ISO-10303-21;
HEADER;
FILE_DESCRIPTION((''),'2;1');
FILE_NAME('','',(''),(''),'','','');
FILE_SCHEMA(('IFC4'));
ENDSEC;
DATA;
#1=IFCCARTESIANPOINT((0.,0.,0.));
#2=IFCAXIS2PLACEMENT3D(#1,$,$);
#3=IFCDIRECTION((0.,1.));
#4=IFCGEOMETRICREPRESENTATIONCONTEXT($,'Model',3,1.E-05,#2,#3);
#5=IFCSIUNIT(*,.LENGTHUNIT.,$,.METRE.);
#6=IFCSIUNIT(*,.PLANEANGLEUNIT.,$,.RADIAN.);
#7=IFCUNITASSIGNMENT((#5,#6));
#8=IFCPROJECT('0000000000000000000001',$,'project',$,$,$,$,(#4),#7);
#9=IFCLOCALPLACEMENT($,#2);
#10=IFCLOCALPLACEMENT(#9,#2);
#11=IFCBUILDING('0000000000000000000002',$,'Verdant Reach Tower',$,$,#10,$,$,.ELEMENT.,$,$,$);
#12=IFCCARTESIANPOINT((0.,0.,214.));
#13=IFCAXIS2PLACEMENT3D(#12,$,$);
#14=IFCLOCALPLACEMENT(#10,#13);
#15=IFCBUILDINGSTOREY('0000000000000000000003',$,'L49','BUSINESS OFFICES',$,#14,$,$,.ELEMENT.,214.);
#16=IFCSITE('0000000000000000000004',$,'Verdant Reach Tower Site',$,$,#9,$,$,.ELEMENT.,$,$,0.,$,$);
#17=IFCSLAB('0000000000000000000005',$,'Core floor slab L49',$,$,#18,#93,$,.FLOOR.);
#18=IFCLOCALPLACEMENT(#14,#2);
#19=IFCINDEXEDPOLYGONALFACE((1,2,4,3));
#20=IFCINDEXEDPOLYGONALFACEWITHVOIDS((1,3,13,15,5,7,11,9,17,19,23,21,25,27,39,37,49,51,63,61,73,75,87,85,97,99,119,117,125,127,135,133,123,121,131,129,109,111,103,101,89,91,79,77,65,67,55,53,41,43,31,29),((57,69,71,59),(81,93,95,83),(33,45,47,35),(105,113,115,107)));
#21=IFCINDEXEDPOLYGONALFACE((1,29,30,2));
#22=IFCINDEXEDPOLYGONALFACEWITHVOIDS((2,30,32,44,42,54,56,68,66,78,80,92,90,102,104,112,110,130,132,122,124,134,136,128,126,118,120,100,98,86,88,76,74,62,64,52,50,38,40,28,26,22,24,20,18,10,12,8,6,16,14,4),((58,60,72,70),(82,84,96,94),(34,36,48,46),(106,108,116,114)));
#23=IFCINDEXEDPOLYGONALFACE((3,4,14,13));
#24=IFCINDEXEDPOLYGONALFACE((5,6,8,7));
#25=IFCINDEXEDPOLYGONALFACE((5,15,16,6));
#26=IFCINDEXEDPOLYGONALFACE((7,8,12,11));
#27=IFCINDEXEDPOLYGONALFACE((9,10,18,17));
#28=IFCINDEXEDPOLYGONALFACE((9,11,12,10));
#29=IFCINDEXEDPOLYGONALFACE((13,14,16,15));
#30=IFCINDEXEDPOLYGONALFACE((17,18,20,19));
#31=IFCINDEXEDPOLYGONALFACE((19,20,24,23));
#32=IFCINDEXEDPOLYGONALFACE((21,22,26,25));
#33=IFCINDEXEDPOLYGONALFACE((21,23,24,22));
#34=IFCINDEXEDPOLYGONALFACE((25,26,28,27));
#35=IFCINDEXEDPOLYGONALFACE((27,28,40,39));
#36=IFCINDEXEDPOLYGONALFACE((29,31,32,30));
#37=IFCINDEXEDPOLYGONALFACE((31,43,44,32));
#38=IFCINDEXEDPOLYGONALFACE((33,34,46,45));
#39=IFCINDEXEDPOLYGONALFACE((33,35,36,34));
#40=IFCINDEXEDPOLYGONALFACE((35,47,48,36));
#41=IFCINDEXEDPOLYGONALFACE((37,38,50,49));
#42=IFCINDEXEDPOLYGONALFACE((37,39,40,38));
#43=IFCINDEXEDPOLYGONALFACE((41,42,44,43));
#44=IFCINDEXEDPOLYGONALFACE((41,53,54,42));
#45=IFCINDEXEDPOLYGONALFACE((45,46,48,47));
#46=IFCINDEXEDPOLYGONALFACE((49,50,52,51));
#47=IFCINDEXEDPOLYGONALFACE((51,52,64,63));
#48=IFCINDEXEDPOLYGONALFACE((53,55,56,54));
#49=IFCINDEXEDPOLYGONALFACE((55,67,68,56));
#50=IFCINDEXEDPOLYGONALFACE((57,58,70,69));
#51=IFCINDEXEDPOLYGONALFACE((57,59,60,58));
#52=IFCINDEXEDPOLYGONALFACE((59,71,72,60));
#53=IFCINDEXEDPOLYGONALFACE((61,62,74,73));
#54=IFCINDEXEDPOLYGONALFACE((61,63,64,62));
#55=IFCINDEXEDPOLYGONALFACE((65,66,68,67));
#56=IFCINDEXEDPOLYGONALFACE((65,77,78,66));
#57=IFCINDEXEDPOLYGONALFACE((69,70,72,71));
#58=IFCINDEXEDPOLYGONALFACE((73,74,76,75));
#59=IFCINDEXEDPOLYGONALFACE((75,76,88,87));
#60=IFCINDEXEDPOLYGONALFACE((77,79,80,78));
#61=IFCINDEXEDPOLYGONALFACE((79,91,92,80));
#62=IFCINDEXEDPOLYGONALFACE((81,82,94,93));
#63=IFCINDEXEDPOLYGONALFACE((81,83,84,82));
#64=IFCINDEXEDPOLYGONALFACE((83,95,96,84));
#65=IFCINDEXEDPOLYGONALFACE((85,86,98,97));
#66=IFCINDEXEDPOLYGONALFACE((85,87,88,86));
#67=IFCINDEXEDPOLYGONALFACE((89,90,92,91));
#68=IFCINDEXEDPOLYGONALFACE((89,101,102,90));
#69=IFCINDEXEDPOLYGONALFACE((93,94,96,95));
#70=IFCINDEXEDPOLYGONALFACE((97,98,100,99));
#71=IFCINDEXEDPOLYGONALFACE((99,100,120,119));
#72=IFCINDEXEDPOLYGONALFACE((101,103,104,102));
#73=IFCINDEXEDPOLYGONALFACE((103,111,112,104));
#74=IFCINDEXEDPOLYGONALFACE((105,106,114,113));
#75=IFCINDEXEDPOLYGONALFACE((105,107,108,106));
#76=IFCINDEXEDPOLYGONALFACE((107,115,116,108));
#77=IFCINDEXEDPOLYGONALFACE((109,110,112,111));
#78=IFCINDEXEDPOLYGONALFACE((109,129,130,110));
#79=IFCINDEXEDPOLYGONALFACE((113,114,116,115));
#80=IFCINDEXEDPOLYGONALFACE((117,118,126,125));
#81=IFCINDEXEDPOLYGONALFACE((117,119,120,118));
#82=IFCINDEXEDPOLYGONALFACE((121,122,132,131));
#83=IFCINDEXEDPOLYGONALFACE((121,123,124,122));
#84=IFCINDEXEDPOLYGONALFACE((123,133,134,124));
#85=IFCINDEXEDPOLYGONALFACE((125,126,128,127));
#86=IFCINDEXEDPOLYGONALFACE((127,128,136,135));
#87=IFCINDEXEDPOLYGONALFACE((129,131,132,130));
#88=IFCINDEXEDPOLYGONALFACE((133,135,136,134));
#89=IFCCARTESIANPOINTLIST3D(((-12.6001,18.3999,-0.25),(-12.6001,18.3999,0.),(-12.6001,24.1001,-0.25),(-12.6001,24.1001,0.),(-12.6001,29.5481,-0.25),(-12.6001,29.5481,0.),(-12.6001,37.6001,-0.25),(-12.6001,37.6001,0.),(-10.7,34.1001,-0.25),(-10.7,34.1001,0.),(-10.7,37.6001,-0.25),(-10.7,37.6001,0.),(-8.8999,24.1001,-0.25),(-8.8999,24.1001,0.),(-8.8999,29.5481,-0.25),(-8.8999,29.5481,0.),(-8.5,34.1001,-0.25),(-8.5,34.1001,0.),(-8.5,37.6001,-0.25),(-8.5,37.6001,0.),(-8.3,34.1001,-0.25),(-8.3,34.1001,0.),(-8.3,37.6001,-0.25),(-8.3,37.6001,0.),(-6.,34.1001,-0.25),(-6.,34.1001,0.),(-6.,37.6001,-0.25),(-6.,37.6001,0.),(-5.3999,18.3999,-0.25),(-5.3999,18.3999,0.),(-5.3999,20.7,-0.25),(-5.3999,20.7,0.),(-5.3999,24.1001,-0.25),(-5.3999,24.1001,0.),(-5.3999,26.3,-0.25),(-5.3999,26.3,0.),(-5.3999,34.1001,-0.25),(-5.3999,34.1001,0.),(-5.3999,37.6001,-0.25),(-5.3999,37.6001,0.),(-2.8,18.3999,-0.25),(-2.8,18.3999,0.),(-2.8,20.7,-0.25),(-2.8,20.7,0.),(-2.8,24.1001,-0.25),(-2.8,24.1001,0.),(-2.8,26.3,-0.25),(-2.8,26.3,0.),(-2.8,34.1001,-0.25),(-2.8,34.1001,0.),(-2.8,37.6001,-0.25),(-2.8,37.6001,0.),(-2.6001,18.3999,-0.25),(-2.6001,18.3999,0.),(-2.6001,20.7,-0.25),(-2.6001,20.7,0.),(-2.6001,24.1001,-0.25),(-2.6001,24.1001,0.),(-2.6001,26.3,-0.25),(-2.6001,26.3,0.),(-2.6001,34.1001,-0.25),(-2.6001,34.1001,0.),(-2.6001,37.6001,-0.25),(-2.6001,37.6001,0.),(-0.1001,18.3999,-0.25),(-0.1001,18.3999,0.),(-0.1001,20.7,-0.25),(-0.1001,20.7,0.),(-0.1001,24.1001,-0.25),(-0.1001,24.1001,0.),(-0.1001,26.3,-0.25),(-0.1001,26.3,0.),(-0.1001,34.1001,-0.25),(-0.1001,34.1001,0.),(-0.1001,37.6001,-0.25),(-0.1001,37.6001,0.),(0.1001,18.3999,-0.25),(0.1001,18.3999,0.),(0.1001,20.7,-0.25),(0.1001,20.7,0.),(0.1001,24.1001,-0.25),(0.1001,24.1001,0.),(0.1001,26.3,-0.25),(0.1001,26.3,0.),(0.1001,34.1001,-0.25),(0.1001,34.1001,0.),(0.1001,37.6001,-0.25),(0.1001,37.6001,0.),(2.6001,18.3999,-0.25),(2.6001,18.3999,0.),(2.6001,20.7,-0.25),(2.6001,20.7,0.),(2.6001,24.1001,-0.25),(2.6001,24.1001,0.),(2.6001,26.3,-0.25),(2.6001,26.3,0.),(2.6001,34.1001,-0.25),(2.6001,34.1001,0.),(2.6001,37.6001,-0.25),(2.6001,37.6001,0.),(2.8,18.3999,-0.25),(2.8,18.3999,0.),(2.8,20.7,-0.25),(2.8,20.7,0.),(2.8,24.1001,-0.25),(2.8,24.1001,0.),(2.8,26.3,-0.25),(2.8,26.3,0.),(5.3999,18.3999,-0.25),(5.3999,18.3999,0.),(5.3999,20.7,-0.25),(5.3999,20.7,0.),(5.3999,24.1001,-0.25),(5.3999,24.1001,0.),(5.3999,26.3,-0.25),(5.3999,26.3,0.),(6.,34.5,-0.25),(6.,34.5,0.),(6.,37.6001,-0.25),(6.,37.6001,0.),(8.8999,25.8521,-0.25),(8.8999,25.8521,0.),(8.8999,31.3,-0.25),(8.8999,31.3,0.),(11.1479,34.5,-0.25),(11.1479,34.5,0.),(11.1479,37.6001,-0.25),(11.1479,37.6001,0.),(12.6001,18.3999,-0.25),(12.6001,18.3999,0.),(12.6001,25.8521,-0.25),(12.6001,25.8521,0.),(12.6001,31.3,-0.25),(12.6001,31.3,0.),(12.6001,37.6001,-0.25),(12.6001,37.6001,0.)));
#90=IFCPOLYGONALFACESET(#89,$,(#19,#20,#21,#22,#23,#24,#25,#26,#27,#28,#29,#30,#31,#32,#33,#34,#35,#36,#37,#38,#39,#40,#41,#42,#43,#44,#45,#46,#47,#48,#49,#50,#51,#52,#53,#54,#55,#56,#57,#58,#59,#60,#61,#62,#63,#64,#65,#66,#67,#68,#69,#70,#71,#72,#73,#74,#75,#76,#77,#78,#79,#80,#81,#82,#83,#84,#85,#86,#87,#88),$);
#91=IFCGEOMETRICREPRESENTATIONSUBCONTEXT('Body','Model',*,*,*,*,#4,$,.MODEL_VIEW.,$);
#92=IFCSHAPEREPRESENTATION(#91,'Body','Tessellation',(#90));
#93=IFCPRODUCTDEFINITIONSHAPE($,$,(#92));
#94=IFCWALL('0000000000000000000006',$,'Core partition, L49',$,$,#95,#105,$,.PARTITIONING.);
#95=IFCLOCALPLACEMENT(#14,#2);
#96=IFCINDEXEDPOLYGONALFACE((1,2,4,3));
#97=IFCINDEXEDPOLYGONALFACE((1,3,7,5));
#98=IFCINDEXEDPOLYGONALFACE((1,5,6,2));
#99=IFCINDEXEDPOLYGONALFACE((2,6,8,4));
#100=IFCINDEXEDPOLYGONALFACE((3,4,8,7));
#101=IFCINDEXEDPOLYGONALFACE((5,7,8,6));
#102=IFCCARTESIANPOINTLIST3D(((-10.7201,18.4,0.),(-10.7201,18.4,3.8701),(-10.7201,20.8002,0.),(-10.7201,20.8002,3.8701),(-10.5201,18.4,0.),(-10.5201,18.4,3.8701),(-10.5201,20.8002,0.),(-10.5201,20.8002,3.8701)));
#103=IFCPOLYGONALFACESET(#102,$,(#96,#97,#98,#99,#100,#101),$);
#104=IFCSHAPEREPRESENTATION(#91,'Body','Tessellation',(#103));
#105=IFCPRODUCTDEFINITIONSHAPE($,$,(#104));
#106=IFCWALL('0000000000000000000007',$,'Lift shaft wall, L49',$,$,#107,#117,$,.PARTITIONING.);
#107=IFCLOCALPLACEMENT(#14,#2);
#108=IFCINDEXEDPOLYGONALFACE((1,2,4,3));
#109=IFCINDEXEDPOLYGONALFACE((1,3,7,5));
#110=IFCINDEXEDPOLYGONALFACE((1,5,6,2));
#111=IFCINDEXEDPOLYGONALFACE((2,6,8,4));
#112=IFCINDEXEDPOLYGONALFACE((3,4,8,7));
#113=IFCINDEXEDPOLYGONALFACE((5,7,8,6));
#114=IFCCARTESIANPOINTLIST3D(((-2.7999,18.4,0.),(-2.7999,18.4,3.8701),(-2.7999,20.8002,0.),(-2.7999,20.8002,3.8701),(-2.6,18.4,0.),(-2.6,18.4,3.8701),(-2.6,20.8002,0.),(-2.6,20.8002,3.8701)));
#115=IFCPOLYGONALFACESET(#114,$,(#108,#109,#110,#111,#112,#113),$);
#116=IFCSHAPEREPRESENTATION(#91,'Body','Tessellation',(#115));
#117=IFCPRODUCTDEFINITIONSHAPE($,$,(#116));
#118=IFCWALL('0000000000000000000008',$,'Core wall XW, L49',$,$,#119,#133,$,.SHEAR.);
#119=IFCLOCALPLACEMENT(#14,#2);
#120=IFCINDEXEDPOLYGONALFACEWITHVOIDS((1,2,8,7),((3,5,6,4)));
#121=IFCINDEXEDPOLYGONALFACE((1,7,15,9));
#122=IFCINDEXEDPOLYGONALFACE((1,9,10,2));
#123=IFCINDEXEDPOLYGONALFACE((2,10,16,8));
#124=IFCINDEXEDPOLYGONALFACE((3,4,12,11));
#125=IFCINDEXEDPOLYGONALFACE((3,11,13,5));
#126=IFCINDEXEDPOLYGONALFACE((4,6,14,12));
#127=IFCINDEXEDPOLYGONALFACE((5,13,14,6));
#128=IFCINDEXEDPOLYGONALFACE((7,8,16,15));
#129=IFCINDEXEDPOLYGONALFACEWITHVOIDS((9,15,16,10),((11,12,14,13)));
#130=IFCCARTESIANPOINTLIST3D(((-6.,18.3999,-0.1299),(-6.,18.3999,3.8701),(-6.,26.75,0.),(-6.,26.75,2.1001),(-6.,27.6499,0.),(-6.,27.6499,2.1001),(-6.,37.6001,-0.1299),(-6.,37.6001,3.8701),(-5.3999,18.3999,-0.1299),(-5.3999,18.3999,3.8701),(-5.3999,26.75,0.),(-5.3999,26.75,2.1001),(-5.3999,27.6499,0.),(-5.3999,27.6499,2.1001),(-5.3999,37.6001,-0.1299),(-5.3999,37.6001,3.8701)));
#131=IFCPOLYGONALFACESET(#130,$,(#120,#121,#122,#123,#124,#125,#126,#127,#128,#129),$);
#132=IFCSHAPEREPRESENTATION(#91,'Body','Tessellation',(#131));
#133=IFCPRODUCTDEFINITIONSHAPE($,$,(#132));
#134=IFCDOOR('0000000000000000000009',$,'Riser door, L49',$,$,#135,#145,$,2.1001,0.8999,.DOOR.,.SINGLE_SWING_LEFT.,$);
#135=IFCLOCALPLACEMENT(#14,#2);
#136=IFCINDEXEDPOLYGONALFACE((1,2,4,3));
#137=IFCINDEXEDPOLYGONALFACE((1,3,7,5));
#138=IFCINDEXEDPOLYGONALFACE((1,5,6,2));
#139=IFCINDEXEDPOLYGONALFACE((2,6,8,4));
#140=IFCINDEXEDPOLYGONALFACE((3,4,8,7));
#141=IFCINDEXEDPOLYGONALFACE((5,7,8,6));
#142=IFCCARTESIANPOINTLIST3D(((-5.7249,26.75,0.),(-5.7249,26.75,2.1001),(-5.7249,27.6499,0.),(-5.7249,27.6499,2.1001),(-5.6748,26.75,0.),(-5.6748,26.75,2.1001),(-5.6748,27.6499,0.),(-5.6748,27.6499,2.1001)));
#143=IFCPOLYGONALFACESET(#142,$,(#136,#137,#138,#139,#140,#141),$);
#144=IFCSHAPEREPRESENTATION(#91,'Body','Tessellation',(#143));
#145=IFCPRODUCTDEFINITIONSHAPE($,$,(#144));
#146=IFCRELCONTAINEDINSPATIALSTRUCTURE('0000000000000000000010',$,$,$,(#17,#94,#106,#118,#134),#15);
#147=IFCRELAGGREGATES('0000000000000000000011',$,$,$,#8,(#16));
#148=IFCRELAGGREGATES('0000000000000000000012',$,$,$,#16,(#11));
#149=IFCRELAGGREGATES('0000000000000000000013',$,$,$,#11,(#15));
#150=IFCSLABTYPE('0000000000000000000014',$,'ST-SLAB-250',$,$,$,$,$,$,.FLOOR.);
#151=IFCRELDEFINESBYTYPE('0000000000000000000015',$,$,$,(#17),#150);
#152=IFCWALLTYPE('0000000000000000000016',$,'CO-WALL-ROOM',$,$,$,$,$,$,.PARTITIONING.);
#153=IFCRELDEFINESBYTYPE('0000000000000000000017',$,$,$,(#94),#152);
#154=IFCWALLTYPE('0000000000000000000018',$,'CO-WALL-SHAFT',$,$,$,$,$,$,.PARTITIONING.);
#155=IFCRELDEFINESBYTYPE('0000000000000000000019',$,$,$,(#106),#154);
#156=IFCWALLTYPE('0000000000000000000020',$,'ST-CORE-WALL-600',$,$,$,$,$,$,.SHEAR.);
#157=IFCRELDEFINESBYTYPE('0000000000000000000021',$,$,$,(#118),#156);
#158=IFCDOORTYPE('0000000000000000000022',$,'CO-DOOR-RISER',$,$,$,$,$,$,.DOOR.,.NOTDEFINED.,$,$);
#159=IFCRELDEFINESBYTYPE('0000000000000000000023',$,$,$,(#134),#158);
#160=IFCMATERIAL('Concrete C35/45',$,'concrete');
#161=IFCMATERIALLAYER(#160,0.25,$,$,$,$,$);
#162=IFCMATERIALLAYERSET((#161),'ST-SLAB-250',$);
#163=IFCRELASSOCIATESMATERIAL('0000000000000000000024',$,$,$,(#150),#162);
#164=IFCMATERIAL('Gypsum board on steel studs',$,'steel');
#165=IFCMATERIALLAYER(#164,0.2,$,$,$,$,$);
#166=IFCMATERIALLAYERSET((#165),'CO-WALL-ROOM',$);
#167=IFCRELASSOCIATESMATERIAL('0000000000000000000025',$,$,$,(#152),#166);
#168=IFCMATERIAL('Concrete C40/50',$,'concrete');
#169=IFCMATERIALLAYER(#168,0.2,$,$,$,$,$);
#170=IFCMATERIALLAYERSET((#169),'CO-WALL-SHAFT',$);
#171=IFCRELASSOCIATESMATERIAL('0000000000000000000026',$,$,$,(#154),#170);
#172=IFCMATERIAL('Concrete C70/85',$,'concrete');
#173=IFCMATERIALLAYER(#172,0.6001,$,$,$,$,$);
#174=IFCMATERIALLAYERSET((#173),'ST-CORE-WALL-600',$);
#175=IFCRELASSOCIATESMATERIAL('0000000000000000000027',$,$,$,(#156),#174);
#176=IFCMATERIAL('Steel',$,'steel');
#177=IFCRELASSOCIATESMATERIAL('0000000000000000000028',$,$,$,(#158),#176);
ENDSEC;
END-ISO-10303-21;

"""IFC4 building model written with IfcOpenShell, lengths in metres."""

from ifc_helpers import new_model, si_unit, direction, frame, frame_2d, origin, place, context, subcontext, project, spatial, polyline, rectangle, outline, extrude, material, layer, layer_set, type_object, element, fill, save


model = new_model("IFC4")

# Units and contexts
model_context = context("Model", 3, precision=1e-05, world=origin(), true_north=direction((0.0, 1.0)))
body_context = subcontext(model_context, "Body", "Model", "MODEL_VIEW")
ifc_project = project(units=[si_unit("LENGTHUNIT", "METRE"), si_unit("PLANEANGLEUNIT", "RADIAN")], contexts=[model_context])

# Site, building, storey
site_placement = place(None, origin())
site = spatial("IfcSite", under=ifc_project, at=site_placement, Name="Verdant Reach Tower Site", CompositionType="ELEMENT", RefElevation=0.0)
building_placement = place(site_placement, origin())
building = spatial("IfcBuilding", under=site, at=building_placement, Name="Verdant Reach Tower", CompositionType="ELEMENT")
storey_placement = place(building_placement, frame((0.0, 0.0, 214.0)))
storey = spatial("IfcBuildingStorey", under=building, at=storey_placement, Name="L49", Description="BUSINESS OFFICES", CompositionType="ELEMENT", Elevation=214.0)

# Shared definitions
ifc_material_1 = material(Name="Concrete C40/50", Category="concrete")

# Slab
ifc_material_2 = material(Name="Concrete C35/45", Category="concrete")
ifc_layer_1 = layer(ifc_material_2, 0.25)
ifc_layer_set_1 = layer_set([ifc_layer_1], Name="ST-SLAB-250")
slab_type_1 = type_object("IfcSlabType", Name="ST-SLAB-250", PredefinedType="FLOOR", material=ifc_layer_set_1)
slab_1_placement = place(storey_placement, frame((0.0, 0.0, -0.25)))
element("IfcSlab", 1, at=slab_1_placement, inside=storey, type_object=slab_type_1, Name="Core floor slab L49", PredefinedType="FLOOR", context=body_context, shape_type="SweptSolid", body=[
    extrude(outline(polyline([(12.6001, 18.3999), (5.3999, 18.3999), (5.3999, 20.7), (2.8, 20.7), (2.8, 18.3999), (2.6001, 18.3999), (2.6001, 20.7), (0.1001, 20.7), (0.1001, 18.3999), (-0.1001, 18.3999), (-0.1001, 20.7), (-2.6001, 20.7), (-2.6001, 18.3999), (-2.8, 18.3999), (-2.8, 20.7), (-5.3999, 20.7), (-5.3999, 18.3999), (-12.6001, 18.3999), (-12.6001, 24.1001), (-8.8999, 24.1001), (-8.8999, 29.5481), (-12.6001, 29.5481), (-12.6001, 37.6001), (-10.7, 37.6001), (-10.7, 34.1001), (-8.5, 34.1001), (-8.5, 37.6001), (-8.3, 37.6001), (-8.3, 34.1001), (-6.0, 34.1001), (-6.0, 37.6001), (-5.3999, 37.6001), (-5.3999, 34.1001), (-2.8, 34.1001), (-2.8, 37.6001), (-2.6001, 37.6001), (-2.6001, 34.1001), (-0.1001, 34.1001), (-0.1001, 37.6001), (0.1001, 37.6001), (0.1001, 34.1001), (2.6001, 34.1001), (2.6001, 37.6001), (6.0, 37.6001), (6.0, 34.5), (11.1479, 34.5), (11.1479, 37.6001), (12.6001, 37.6001), (12.6001, 31.3), (8.8999, 31.3), (8.8999, 25.8521), (12.6001, 25.8521), (12.6001, 18.3999)]), holes=[polyline([(-2.8, 24.1001), (-2.8, 26.3), (-5.3999, 26.3), (-5.3999, 24.1001), (-2.8, 24.1001)]), polyline([(-0.1001, 24.1001), (-0.1001, 26.3), (-2.6001, 26.3), (-2.6001, 24.1001), (-0.1001, 24.1001)]), polyline([(2.6001, 24.1001), (2.6001, 26.3), (0.1001, 26.3), (0.1001, 24.1001), (2.6001, 24.1001)]), polyline([(5.3999, 24.1001), (5.3999, 26.3), (2.8, 26.3), (2.8, 24.1001), (5.3999, 24.1001)])]), origin(), (0.0, 0.0, 1.0), 0.25),
])

# Walls
ifc_material_3 = material(Name="Gypsum board on steel studs", Category="steel")
ifc_layer_2 = layer(ifc_material_3, 0.2)
ifc_layer_set_2 = layer_set([ifc_layer_2], Name="CO-WALL-ROOM")
wall_type_1 = type_object("IfcWallType", Name="CO-WALL-ROOM", PredefinedType="PARTITIONING", material=ifc_layer_set_2)
wall_1_placement = place(storey_placement, frame((-10.6201, 18.3999, 0.0), z_axis=(0.0, 0.0, 1.0), x_axis=(0.0, 1.0, 0.0)))
element("IfcWall", 2, at=wall_1_placement, inside=storey, type_object=wall_type_1, Name="Core partition, L49", PredefinedType="PARTITIONING", context=body_context, shape_type="SweptSolid", body=[
    extrude(rectangle(XDim=2.4001, YDim=0.2, at=frame_2d((1.2002, 0.0))), origin(), (0.0, 0.0, 1.0), 3.8701),
])
ifc_layer_3 = layer(ifc_material_1, 0.2)
ifc_layer_set_3 = layer_set([ifc_layer_3], Name="CO-WALL-SHAFT")
wall_type_2 = type_object("IfcWallType", Name="CO-WALL-SHAFT", PredefinedType="PARTITIONING", material=ifc_layer_set_3)
wall_2_placement = place(storey_placement, frame((-2.7, 18.3999, 0.0), z_axis=(0.0, 0.0, 1.0), x_axis=(0.0, 1.0, 0.0)))
element("IfcWall", 3, at=wall_2_placement, inside=storey, type_object=wall_type_2, Name="Lift shaft wall, L49", PredefinedType="PARTITIONING", context=body_context, shape_type="SweptSolid", body=[
    extrude(rectangle(XDim=2.4001, YDim=0.2, at=frame_2d((1.2002, 0.0))), origin(), (0.0, 0.0, 1.0), 3.8701),
])

# Wall, opening, door
ifc_material_4 = material(Name="Concrete C70/85", Category="concrete")
ifc_layer_4 = layer(ifc_material_4, 0.6001)
ifc_layer_set_4 = layer_set([ifc_layer_4], Name="ST-CORE-WALL-600")
wall_type_3 = type_object("IfcWallType", Name="ST-CORE-WALL-600", PredefinedType="SHEAR", material=ifc_layer_set_4)
wall_3_placement = place(storey_placement, frame((-5.7, 18.3999, -0.1299), z_axis=(0.0, 0.0, 1.0), x_axis=(0.0, 1.0, 0.0)))
wall_3 = element("IfcWall", 4, at=wall_3_placement, inside=storey, type_object=wall_type_3, Name="Core wall XW, L49", PredefinedType="SHEAR", context=body_context, shape_type="SweptSolid", body=[
    extrude(rectangle(XDim=19.2002, YDim=0.6001, at=frame_2d((9.6001, 0.0))), origin(), (0.0, 0.0, 1.0), 4.0),
])
opening_1_placement = place(wall_3_placement, frame((8.3501, 0.0, 0.1299)))
opening_1 = element("IfcOpeningElement", 5, at=opening_1_placement, cuts=wall_3, PredefinedType="OPENING", context=body_context, shape_type="SweptSolid", body=[
    extrude(rectangle(XDim=0.8999, YDim=2.1001, at=frame_2d((0.45, 1.05))), frame((0.0, 0.3101, 0.0), z_axis=(0.0, -1.0, 0.0), x_axis=(1.0, 0.0, 0.0)), (0.0, 0.0, 1.0), 0.6201),
])
ifc_material_5 = material(Name="Steel", Category="steel")
door_type_1 = type_object("IfcDoorType", Name="CO-DOOR-RISER", OperationType="NOTDEFINED", PredefinedType="DOOR", material=ifc_material_5)
door_1_placement = place(opening_1_placement, origin())
door_1 = element("IfcDoor", 6, at=door_1_placement, inside=storey, type_object=door_type_1, Name="Riser door, L49", OperationType="SINGLE_SWING_LEFT", OverallHeight=2.1001, OverallWidth=0.8999, PredefinedType="DOOR", context=body_context, shape_type="SweptSolid", body=[
    extrude(rectangle(XDim=0.8999, YDim=2.1001, at=frame_2d((0.45, 1.05))), frame((0.0, 0.0249, 0.0), z_axis=(0.0, -1.0, 0.0), x_axis=(1.0, 0.0, 0.0)), (0.0, 0.0, 1.0), 0.05),
])
fill(opening_1, door_1)

save(model, "model.ifc")
